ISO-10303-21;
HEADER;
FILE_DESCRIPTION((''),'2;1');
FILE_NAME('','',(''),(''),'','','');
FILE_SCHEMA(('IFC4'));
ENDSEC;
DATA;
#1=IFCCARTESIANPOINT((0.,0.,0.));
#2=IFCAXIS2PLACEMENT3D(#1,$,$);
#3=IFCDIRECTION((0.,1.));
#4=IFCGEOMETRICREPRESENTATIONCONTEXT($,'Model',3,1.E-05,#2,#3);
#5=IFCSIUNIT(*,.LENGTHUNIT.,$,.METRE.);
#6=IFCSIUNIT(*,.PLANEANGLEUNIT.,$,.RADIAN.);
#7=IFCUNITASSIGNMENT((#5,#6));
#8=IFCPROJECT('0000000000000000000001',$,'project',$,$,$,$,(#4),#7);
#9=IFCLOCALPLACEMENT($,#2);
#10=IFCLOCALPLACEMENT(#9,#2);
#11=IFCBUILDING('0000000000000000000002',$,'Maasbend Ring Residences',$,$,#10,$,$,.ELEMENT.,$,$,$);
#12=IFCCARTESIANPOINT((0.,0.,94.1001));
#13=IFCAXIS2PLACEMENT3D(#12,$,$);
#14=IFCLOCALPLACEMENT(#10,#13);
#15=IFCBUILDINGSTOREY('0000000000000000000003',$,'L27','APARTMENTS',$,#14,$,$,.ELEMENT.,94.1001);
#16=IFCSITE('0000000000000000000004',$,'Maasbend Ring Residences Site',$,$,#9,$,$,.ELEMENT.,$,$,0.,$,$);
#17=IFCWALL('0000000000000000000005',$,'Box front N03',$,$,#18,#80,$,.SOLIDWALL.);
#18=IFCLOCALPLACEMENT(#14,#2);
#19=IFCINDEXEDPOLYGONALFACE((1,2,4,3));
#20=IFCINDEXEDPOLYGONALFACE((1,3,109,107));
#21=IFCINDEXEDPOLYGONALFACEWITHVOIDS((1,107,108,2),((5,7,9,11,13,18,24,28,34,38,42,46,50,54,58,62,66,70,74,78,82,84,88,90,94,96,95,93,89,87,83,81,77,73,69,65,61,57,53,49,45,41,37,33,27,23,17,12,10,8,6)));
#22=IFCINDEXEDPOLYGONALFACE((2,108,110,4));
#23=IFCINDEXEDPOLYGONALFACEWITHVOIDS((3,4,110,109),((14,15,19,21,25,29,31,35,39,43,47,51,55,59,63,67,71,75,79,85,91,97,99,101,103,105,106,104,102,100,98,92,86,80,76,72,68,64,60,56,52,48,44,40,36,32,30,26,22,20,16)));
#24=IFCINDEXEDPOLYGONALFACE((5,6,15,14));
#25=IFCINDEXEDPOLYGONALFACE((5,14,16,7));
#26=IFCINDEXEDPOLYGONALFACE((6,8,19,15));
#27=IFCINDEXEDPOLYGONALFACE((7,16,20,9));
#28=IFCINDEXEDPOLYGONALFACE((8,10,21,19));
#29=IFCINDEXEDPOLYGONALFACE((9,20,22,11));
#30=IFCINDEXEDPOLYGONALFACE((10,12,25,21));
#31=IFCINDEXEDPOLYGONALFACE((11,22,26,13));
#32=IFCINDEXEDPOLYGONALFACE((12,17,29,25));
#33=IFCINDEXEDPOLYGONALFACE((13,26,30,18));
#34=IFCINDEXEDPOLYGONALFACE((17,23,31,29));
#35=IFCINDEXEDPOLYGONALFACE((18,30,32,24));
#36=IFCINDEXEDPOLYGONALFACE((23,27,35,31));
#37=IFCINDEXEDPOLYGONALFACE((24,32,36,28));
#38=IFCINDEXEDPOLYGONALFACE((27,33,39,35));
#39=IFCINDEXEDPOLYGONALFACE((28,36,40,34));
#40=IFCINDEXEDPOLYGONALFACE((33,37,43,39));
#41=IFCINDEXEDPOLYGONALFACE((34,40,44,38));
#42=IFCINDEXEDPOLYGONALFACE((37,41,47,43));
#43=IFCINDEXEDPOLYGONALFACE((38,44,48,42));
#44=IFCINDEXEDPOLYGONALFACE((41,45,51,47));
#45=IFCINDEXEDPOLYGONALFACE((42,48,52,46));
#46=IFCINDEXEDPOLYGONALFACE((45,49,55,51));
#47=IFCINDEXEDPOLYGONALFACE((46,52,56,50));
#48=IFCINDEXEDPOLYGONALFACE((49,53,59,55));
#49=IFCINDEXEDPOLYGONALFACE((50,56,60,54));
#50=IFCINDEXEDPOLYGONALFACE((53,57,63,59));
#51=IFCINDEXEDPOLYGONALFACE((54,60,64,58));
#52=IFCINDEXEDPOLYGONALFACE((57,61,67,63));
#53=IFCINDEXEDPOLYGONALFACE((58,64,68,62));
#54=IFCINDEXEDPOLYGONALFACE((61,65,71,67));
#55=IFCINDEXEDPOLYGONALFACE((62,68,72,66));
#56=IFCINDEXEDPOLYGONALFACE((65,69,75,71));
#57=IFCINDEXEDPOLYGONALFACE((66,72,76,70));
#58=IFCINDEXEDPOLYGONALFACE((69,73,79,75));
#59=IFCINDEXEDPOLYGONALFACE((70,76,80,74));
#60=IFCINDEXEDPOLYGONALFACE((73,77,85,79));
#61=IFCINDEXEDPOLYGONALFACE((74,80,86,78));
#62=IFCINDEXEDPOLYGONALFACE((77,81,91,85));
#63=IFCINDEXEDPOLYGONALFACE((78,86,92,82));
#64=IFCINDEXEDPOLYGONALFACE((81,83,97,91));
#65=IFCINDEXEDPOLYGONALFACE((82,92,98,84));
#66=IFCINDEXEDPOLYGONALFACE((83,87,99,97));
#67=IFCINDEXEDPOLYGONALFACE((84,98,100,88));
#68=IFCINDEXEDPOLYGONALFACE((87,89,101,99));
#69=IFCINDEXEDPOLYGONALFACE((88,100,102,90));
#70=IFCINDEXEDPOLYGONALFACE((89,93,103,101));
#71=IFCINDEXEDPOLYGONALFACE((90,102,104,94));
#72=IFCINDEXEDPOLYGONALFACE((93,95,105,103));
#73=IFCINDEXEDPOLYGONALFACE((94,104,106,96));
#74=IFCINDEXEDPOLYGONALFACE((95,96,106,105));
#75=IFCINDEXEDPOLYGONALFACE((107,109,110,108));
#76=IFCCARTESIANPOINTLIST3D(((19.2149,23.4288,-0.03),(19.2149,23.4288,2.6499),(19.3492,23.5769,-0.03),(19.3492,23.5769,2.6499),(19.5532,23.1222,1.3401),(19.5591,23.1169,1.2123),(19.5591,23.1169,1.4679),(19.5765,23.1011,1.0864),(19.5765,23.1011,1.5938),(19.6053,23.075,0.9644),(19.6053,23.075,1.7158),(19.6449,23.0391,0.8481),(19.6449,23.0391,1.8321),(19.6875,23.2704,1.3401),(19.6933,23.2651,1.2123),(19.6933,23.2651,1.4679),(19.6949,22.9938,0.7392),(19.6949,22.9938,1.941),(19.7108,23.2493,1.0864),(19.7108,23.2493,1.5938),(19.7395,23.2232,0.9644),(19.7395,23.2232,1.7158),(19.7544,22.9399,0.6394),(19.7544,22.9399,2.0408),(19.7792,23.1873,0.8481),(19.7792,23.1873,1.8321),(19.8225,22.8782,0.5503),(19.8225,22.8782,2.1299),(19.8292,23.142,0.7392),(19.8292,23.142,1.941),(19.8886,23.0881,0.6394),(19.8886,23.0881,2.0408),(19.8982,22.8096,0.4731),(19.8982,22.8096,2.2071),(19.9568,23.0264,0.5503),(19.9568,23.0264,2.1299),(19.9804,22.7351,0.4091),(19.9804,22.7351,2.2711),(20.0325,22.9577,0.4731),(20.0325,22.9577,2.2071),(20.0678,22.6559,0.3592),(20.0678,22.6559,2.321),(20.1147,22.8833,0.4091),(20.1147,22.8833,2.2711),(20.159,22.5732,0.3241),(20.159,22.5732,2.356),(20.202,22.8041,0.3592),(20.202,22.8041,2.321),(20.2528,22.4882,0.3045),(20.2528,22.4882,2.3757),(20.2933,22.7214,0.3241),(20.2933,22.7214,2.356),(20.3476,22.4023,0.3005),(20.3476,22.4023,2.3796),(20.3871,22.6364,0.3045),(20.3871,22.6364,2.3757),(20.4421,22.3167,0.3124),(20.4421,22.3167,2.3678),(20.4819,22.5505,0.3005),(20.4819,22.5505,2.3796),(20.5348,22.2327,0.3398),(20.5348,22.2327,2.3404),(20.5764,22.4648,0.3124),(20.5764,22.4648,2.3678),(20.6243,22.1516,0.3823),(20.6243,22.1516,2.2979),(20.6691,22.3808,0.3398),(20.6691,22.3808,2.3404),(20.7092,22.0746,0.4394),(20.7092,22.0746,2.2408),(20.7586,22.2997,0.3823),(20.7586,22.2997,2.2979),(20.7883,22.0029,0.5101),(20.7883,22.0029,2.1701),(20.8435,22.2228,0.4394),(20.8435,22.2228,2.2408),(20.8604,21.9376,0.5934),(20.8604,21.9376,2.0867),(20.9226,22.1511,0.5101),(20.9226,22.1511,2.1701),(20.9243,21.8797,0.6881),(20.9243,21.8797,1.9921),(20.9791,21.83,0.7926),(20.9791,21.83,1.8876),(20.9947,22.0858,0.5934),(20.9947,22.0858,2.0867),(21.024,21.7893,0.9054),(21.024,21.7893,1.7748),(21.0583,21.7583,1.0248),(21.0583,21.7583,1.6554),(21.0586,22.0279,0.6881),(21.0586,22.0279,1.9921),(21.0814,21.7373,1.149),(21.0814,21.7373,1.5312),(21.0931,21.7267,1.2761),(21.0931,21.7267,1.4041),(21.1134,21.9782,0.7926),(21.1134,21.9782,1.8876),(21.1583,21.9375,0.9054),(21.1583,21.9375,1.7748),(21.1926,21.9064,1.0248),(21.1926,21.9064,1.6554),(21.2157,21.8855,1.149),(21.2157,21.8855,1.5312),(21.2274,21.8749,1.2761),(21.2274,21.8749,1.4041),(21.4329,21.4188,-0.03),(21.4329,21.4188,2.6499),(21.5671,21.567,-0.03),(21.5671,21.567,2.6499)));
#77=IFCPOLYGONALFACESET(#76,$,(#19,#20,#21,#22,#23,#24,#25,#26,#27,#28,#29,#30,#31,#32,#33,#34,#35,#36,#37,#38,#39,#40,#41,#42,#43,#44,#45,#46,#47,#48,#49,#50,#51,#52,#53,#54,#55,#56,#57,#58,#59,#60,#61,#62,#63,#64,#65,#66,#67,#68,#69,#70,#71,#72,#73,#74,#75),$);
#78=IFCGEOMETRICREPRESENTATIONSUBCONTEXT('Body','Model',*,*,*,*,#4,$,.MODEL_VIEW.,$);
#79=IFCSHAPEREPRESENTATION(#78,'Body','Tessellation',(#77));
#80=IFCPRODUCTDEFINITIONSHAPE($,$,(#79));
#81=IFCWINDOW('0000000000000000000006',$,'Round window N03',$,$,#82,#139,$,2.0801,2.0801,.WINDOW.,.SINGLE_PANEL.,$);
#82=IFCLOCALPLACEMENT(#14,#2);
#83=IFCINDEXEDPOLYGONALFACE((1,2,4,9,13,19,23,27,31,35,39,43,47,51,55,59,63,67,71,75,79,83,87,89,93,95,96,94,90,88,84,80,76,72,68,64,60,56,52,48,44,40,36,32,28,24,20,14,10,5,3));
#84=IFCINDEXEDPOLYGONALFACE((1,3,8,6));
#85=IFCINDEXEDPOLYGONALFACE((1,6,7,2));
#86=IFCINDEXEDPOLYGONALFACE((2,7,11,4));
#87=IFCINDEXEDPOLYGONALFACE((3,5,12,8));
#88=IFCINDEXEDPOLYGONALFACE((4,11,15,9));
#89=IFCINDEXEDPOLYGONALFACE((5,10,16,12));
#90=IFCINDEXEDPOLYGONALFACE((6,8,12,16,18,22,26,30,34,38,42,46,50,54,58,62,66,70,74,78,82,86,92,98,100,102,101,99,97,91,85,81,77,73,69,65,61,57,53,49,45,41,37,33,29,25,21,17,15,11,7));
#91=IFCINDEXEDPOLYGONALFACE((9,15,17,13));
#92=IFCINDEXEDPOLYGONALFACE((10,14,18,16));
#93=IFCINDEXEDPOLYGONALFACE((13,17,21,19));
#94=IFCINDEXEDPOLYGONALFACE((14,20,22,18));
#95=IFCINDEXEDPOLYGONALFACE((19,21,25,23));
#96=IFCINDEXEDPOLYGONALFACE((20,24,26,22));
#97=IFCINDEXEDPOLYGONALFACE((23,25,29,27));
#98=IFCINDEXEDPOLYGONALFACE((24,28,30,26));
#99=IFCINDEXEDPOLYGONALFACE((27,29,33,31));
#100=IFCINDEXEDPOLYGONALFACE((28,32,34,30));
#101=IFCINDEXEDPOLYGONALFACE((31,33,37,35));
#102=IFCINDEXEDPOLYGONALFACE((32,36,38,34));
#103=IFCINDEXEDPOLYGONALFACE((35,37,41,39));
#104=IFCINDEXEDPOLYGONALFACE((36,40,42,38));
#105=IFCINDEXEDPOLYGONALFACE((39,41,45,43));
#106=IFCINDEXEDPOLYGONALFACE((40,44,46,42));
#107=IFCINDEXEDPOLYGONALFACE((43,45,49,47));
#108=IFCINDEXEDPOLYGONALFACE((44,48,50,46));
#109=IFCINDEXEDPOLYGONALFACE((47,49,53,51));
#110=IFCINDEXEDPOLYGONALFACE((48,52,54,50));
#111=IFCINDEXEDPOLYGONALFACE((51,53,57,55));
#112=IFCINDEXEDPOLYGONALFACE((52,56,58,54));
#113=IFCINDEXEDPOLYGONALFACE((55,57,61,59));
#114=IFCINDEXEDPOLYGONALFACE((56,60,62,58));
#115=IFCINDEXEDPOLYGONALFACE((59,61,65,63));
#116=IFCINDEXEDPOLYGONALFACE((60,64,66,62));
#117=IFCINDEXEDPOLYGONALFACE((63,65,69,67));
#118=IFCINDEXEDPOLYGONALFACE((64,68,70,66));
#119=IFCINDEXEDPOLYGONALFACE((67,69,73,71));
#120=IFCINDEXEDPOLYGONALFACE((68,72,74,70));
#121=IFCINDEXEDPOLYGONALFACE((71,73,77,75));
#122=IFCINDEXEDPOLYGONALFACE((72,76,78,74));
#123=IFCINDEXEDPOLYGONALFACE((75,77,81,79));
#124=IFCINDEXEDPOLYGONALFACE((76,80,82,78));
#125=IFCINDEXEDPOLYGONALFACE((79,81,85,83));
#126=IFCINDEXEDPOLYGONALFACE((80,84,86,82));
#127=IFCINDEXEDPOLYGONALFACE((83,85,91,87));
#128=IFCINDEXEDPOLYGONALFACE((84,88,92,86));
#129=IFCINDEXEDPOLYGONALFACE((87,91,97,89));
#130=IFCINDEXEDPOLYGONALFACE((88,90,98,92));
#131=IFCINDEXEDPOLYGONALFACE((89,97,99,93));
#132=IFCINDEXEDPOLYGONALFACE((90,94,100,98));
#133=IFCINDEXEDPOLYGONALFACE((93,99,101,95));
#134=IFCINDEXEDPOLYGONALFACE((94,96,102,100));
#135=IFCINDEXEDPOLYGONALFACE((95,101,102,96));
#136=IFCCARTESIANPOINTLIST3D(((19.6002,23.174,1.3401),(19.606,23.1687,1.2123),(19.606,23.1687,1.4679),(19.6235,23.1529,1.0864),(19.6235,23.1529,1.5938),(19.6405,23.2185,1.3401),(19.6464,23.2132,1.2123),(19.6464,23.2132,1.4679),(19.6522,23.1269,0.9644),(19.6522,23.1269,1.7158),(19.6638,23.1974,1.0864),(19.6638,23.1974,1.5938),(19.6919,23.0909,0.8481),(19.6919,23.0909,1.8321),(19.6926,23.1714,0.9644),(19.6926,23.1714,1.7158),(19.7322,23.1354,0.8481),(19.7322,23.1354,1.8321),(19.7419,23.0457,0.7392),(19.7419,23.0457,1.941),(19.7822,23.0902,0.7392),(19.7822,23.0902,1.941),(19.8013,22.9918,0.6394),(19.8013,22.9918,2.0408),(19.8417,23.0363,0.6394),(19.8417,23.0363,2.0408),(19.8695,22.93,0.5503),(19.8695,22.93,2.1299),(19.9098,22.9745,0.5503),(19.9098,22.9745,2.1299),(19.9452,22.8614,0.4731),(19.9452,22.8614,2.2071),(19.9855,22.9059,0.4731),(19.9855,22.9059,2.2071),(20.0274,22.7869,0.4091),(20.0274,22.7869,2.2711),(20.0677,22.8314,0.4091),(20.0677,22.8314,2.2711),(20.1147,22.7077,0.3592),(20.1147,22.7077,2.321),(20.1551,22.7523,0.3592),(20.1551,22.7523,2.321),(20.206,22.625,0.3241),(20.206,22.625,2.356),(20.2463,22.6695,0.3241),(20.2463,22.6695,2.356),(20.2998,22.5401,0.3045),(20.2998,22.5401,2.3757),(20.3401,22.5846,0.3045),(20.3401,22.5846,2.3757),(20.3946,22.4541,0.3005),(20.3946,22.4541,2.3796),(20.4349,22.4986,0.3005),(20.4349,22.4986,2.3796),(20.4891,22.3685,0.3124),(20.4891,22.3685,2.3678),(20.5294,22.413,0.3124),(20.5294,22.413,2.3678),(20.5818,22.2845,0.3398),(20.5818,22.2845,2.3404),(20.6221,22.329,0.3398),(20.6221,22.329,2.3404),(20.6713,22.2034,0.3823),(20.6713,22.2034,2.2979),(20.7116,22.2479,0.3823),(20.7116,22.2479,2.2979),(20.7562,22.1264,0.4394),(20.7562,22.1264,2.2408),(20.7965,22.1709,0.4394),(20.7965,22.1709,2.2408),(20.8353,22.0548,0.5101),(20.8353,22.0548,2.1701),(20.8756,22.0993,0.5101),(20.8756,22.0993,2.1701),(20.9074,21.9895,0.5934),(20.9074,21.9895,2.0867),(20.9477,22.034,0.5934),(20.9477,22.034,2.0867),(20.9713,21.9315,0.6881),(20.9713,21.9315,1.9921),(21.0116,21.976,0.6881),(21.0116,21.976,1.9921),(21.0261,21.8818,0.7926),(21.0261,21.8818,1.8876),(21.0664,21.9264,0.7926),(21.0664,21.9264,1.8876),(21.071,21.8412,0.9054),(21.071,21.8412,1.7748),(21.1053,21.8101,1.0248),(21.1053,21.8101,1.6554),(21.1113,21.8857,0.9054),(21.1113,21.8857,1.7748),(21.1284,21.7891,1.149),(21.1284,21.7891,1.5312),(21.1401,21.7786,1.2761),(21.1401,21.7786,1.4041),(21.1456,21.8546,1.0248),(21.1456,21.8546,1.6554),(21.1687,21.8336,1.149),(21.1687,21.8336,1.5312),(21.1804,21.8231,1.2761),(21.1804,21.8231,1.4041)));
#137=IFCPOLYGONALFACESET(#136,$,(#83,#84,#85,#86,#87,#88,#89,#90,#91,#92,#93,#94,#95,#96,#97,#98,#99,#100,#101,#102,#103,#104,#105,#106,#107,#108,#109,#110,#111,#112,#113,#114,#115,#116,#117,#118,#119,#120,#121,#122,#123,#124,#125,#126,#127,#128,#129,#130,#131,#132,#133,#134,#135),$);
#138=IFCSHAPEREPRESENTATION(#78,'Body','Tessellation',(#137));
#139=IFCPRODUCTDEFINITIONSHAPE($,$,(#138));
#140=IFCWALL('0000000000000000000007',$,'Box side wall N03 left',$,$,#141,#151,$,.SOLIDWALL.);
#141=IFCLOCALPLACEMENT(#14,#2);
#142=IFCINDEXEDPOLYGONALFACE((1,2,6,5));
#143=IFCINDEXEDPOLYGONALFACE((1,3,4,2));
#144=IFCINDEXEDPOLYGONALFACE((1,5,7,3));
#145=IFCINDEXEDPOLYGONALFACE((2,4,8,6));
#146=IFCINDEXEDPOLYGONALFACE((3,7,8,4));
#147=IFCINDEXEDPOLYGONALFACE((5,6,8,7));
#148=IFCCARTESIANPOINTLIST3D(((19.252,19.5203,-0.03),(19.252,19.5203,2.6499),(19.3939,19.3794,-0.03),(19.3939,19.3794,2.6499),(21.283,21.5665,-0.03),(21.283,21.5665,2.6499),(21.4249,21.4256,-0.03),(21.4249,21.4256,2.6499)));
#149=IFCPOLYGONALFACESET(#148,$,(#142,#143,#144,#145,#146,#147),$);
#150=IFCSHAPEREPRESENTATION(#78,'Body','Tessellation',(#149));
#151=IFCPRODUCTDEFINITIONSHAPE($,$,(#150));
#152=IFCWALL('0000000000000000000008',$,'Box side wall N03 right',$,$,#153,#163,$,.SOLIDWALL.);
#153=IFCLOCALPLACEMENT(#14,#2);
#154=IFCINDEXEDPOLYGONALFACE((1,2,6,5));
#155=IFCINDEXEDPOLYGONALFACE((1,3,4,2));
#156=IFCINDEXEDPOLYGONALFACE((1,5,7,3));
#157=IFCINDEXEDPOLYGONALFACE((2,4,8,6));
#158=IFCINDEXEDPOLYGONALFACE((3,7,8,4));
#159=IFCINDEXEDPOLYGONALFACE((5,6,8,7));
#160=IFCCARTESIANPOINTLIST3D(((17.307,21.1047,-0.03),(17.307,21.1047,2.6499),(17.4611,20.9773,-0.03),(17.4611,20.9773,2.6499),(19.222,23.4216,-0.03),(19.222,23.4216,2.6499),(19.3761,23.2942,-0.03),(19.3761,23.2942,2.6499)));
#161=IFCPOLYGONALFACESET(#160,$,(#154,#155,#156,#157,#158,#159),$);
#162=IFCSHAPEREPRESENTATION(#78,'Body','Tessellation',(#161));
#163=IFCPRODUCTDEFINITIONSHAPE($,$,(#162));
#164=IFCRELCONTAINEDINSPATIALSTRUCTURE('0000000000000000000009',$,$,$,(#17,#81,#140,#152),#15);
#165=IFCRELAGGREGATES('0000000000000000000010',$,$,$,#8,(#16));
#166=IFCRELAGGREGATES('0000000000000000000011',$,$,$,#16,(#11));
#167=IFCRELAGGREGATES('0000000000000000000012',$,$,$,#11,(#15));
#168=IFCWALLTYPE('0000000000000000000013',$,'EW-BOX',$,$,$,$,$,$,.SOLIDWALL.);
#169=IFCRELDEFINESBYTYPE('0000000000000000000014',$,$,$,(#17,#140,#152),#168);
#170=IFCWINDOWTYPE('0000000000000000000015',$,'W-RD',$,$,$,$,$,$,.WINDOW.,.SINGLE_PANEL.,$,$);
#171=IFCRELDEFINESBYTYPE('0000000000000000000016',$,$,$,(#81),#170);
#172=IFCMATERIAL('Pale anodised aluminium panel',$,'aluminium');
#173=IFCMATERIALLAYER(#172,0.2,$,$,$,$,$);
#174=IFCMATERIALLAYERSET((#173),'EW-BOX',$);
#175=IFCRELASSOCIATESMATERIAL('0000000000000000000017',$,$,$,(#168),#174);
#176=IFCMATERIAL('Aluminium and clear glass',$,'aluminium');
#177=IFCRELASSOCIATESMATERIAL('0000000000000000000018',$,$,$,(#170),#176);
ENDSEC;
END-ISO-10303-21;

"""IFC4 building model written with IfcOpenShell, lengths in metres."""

from ifc_helpers import new_model, si_unit, direction, frame, frame_2d, origin, place, context, subcontext, project, spatial, rectangle, circle, extrude, material, layer, layer_set, type_object, element, fill, save


model = new_model("IFC4")

# Units and contexts
model_context = context("Model", 3, precision=1e-05, world=origin(), true_north=direction((0.0, 1.0)))
body_context = subcontext(model_context, "Body", "Model", "MODEL_VIEW")
ifc_project = project(units=[si_unit("LENGTHUNIT", "METRE"), si_unit("PLANEANGLEUNIT", "RADIAN")], contexts=[model_context])

# Site, building, storey
site_placement = place(None, origin())
site = spatial("IfcSite", under=ifc_project, at=site_placement, Name="Maasbend Ring Residences Site", CompositionType="ELEMENT", RefElevation=0.0)
building_placement = place(site_placement, origin())
building = spatial("IfcBuilding", under=site, at=building_placement, Name="Maasbend Ring Residences", CompositionType="ELEMENT")
storey_placement = place(building_placement, frame((0.0, 0.0, 94.1001)))
storey = spatial("IfcBuildingStorey", under=building, at=storey_placement, Name="L27", Description="APARTMENTS", CompositionType="ELEMENT", Elevation=94.1001)

# Wall, opening, window
ifc_material_1 = material(Name="Pale anodised aluminium panel", Category="aluminium")
ifc_layer_1 = layer(ifc_material_1, 0.2)
ifc_layer_set_1 = layer_set([ifc_layer_1], Name="EW-BOX")
wall_type_1 = type_object("IfcWallType", Name="EW-BOX", PredefinedType="SOLIDWALL", material=ifc_layer_set_1)
ifc_material_2 = material(Name="Aluminium and clear glass", Category="aluminium")
window_type_1 = type_object("IfcWindowType", Name="W-RD", PartitioningType="SINGLE_PANEL", PredefinedType="WINDOW", material=ifc_material_2)
wall_1_placement = place(storey_placement, frame((21.5, 21.4929, -0.03), z_axis=(0.0, 0.0, 1.0), x_axis=(-0.740998, 0.671507, 0.0)))
wall_1 = element("IfcWall", 1, at=wall_1_placement, inside=storey, type_object=wall_type_1, Name="Box front N03", PredefinedType="SOLIDWALL", context=body_context, shape_type="SweptSolid", body=[
    extrude(rectangle(XDim=2.9932, YDim=0.2, at=frame_2d((1.4966, 0.0))), origin(), (0.0, 0.0, 1.0), 2.6799),
])
opening_1_placement = place(wall_1_placement, frame((0.4565, 0.0, 0.3301)))
opening_1 = element("IfcOpeningElement", 2, at=opening_1_placement, cuts=wall_1, PredefinedType="OPENING", context=body_context, shape_type="SweptSolid", body=[
    extrude(circle(Radius=1.04, at=frame_2d((1.04, 1.04))), frame((0.0, 0.1099, 0.0), z_axis=(0.0, -1.0, 0.0), x_axis=(1.0, 0.0, 0.0)), (0.0, 0.0, 1.0), 0.22),
])
window_1_placement = place(opening_1_placement, origin())
window_1 = element("IfcWindow", 3, at=window_1_placement, inside=storey, type_object=window_type_1, Name="Round window N03", OverallHeight=2.0801, OverallWidth=2.0801, PartitioningType="SINGLE_PANEL", PredefinedType="WINDOW", context=body_context, shape_type="SweptSolid", body=[
    extrude(circle(Radius=1.04, at=frame_2d((1.04, 1.04))), frame((0.0, 0.03, 0.0), z_axis=(0.0, -1.0, 0.0), x_axis=(1.0, 0.0, 0.0)), (0.0, 0.0, 1.0), 0.0601),
])
fill(opening_1, window_1)

# Walls
wall_2_placement = place(storey_placement, frame((19.323, 19.45, -0.03), z_axis=(0.0, 0.0, 1.0), x_axis=(0.704477, 0.709727, 0.0)))
element("IfcWall", 4, at=wall_2_placement, inside=storey, type_object=wall_type_1, Name="Box side wall N03 left", PredefinedType="SOLIDWALL", context=body_context, shape_type="SweptSolid", body=[
    extrude(rectangle(XDim=2.8831, YDim=0.2, at=frame_2d((1.4414, 0.0))), origin(), (0.0, 0.0, 1.0), 2.6799),
])
wall_3_placement = place(storey_placement, frame((17.384, 21.041, -0.03), z_axis=(0.0, 0.0, 1.0), x_axis=(0.637096, 0.770785, 0.0)))
element("IfcWall", 5, at=wall_3_placement, inside=storey, type_object=wall_type_1, Name="Box side wall N03 right", PredefinedType="SOLIDWALL", context=body_context, shape_type="SweptSolid", body=[
    extrude(rectangle(XDim=3.0059, YDim=0.2, at=frame_2d((1.5029, 0.0))), origin(), (0.0, 0.0, 1.0), 2.6799),
])

save(model, "model.ifc")
